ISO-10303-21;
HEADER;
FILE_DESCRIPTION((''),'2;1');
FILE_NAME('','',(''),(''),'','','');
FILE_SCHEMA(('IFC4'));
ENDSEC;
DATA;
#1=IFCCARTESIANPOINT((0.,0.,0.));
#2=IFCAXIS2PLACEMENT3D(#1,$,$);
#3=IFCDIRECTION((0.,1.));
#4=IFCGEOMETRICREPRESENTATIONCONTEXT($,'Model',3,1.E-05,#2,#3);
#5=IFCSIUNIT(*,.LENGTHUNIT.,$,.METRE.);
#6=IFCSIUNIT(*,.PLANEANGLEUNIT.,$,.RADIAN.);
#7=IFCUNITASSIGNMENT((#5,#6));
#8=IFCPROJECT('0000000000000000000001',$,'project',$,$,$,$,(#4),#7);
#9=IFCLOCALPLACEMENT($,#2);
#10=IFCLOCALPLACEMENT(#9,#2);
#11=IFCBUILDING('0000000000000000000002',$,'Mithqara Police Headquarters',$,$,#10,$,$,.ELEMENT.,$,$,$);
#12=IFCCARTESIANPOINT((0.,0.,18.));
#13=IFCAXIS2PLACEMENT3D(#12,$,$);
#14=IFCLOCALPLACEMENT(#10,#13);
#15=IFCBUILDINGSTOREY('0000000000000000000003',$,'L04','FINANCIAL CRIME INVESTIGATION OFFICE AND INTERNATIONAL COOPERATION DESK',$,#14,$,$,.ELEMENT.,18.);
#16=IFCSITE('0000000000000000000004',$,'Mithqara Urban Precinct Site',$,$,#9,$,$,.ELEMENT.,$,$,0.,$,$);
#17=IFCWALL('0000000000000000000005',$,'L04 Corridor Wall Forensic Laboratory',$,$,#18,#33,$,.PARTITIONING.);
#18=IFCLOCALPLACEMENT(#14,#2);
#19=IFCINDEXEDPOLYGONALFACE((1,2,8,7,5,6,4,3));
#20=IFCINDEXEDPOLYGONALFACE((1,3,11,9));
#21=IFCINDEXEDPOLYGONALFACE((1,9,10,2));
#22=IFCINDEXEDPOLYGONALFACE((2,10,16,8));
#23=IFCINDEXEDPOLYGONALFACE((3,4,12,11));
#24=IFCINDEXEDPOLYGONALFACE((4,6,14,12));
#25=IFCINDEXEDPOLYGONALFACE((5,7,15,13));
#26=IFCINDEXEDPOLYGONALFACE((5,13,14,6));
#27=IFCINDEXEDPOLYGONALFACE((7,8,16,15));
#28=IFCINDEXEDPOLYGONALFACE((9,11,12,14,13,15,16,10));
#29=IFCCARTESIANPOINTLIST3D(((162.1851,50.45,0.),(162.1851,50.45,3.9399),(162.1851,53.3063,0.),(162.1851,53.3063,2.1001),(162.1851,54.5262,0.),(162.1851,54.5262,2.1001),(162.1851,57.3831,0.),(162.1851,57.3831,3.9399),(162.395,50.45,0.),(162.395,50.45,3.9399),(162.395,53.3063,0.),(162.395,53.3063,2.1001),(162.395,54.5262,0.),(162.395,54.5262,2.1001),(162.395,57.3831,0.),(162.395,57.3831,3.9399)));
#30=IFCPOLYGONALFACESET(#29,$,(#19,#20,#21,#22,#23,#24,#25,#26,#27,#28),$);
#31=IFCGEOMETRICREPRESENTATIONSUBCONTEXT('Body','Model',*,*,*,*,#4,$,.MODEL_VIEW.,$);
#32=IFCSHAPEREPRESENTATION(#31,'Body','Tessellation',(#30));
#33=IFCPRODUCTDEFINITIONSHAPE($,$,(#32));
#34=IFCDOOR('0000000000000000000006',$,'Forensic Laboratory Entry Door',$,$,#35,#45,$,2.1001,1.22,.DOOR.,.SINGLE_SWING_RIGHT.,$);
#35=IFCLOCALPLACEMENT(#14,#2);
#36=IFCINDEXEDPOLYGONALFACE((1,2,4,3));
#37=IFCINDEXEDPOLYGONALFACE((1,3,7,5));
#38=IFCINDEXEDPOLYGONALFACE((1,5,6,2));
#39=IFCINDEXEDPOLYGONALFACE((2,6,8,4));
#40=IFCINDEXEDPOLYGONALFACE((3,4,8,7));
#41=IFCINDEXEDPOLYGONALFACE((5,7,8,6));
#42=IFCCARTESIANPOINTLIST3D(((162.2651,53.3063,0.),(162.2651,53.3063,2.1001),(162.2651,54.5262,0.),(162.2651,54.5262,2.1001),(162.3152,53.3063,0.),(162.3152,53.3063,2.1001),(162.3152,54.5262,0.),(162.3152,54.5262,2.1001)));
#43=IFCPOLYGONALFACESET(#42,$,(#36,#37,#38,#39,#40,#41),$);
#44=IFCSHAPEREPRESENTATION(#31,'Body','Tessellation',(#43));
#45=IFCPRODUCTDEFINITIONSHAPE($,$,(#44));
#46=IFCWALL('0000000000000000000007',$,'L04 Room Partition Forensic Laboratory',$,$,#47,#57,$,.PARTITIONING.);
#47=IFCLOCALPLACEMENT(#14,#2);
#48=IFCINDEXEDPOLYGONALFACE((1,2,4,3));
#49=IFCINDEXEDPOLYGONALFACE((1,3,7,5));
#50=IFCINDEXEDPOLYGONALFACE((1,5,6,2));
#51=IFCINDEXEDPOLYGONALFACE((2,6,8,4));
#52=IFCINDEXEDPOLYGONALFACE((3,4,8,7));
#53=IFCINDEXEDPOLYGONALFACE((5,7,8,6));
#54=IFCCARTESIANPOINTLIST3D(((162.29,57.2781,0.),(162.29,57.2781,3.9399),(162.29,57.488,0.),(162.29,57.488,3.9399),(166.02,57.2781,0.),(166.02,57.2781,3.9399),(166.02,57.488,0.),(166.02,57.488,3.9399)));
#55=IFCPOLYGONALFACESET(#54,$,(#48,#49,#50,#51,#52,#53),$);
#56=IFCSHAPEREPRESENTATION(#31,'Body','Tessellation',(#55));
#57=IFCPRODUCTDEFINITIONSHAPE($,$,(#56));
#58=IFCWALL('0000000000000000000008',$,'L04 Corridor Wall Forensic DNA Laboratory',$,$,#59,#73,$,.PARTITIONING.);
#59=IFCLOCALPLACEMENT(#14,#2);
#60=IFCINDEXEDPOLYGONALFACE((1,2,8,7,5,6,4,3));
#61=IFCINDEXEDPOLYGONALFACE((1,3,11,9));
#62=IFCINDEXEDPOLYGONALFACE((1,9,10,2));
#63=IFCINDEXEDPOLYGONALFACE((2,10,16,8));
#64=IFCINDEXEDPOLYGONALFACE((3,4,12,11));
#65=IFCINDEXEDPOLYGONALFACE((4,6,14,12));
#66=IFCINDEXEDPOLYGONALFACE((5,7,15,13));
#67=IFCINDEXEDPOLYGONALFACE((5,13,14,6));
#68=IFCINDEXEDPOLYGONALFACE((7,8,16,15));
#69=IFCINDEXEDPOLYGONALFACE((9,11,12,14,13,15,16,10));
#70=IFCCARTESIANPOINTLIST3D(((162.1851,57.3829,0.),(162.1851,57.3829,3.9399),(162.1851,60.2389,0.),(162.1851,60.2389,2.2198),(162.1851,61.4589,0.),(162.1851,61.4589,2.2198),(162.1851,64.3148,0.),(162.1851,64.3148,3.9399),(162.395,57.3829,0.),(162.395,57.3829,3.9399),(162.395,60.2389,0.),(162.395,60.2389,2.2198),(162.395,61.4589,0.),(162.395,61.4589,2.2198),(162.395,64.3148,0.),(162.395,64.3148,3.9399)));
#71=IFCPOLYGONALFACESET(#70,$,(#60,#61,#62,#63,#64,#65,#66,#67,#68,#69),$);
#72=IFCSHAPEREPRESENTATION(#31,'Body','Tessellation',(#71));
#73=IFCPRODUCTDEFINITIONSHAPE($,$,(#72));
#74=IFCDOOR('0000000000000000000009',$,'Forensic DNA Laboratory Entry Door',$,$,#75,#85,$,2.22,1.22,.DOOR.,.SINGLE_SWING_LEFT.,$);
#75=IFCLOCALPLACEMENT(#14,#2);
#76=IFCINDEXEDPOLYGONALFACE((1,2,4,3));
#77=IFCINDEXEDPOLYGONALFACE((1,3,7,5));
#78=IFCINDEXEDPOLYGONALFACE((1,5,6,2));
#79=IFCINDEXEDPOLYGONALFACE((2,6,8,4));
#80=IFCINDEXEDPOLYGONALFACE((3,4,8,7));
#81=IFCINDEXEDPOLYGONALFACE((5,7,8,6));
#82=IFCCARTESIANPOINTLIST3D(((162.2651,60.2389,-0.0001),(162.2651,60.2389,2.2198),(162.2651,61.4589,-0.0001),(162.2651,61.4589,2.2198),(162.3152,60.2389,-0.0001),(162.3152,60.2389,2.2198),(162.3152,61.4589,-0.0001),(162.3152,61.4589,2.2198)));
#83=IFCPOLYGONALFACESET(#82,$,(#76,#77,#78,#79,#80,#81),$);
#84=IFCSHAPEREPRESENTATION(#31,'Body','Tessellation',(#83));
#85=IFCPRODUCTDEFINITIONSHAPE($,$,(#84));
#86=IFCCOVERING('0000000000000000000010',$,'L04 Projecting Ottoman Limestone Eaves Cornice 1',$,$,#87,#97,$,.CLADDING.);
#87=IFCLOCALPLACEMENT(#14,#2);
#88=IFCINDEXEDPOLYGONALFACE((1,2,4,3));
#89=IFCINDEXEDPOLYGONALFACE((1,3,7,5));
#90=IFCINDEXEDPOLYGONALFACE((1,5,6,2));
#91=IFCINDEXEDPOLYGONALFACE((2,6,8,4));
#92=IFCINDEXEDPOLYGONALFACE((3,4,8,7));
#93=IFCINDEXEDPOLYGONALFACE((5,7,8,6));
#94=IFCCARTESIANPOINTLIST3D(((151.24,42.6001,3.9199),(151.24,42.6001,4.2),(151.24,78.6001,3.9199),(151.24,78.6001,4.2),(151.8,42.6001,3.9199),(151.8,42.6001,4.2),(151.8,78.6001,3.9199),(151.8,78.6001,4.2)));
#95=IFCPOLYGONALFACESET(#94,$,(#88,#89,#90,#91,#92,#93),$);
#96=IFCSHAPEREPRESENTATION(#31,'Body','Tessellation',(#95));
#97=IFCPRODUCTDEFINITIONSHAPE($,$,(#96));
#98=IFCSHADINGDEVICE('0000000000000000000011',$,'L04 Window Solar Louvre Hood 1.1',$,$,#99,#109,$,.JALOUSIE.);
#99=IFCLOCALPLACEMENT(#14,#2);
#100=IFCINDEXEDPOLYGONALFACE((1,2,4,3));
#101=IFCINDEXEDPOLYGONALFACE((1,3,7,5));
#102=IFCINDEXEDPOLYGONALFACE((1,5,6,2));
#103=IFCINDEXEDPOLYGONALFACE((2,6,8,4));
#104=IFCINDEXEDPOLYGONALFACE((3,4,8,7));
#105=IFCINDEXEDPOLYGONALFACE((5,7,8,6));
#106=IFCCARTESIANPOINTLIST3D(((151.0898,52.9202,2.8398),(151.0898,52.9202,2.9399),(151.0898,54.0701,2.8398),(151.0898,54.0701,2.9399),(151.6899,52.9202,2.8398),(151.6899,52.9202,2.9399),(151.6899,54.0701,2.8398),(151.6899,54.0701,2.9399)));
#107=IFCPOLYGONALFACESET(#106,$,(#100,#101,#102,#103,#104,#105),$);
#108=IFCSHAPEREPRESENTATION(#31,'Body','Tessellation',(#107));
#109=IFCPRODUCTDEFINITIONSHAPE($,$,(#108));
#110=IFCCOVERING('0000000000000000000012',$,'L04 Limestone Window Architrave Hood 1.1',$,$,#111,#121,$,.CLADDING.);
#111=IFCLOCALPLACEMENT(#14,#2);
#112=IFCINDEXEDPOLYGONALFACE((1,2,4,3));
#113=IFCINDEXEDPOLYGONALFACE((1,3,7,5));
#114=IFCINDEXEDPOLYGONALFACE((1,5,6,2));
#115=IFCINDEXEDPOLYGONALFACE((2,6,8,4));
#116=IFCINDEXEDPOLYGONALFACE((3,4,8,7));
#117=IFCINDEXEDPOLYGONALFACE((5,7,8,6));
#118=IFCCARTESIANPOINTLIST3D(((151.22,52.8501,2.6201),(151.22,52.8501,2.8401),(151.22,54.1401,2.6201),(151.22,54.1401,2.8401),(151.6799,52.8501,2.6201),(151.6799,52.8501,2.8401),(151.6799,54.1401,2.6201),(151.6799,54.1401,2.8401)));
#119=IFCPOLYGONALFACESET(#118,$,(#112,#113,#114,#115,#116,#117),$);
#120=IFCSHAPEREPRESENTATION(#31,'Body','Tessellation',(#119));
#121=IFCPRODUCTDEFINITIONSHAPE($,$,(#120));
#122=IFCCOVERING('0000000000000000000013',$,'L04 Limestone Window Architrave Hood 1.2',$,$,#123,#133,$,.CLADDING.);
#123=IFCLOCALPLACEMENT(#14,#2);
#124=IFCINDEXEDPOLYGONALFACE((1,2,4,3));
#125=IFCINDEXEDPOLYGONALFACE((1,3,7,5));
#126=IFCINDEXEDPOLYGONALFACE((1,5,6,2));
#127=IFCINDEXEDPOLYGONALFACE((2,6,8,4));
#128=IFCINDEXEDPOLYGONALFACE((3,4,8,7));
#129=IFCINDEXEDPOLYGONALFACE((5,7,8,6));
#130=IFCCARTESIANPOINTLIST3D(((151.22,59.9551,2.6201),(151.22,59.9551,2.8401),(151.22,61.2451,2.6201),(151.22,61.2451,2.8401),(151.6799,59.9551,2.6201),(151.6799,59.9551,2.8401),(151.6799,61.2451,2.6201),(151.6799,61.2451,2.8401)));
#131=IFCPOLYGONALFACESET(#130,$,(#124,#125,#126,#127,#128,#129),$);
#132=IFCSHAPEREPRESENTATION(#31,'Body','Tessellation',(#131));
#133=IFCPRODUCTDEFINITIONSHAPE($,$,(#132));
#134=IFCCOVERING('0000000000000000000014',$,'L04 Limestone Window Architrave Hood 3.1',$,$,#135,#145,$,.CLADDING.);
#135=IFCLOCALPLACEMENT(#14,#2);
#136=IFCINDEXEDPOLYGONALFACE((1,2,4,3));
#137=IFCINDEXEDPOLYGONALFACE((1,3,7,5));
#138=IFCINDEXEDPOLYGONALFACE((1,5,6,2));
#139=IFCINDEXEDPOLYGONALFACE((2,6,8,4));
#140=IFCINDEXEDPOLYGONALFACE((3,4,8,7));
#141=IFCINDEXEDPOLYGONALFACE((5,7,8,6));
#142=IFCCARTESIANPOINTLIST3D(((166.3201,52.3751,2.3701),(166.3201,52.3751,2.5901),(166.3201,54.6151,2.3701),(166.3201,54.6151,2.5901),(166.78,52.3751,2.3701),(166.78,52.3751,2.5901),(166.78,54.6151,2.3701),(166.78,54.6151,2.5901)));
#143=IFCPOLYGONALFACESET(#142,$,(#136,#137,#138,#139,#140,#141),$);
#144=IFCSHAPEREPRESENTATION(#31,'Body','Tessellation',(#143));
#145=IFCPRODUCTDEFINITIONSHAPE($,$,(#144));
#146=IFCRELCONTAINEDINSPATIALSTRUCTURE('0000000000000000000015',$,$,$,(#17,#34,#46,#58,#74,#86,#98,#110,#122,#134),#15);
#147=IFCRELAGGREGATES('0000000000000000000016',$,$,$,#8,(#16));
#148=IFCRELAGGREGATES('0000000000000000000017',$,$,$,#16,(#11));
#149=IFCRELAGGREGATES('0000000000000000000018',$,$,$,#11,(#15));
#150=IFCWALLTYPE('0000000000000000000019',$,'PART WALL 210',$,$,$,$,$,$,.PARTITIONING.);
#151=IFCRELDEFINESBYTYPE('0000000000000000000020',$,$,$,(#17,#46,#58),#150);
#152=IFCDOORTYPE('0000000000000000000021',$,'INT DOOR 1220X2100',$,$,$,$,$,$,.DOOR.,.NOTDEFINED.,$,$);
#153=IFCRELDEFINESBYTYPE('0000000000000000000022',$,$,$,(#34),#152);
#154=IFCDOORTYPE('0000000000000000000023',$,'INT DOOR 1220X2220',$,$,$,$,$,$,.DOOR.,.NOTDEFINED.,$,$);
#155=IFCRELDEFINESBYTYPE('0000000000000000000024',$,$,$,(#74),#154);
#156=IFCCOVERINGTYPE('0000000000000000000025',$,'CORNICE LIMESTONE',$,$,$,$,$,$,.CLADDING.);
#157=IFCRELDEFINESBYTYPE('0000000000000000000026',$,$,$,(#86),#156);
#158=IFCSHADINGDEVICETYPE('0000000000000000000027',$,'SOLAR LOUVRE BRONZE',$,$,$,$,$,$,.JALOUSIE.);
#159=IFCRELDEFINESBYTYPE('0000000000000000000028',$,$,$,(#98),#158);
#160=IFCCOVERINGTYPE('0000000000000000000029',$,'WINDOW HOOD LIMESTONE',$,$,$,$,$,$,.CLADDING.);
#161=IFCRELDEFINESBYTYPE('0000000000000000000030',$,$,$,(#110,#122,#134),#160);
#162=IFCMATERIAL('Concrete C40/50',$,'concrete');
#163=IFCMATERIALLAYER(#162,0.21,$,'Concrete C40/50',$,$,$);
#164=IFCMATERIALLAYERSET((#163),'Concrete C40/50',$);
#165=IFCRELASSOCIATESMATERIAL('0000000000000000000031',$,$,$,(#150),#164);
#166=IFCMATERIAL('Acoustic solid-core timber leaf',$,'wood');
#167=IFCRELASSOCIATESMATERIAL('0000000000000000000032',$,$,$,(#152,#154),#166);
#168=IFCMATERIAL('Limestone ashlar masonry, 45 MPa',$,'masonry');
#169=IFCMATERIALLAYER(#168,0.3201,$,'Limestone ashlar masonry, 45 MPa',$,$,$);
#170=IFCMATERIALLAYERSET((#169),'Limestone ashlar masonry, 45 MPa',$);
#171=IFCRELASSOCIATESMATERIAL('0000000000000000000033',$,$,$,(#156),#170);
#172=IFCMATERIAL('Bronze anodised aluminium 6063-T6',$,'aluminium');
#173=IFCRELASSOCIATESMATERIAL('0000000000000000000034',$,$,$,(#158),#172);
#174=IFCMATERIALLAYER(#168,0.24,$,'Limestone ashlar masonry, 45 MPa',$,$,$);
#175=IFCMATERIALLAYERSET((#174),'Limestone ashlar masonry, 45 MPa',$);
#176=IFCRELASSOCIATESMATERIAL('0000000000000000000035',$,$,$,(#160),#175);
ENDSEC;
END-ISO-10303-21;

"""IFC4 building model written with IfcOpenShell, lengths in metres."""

from ifc_helpers import new_model, si_unit, direction, frame, frame_2d, origin, origin_2d, place, context, subcontext, project, spatial, rectangle, extrude, material, layer, layer_set, type_object, element, fill, save


model = new_model("IFC4")

# Units and contexts
model_context = context("Model", 3, precision=1e-05, world=origin(), true_north=direction((0.0, 1.0)))
body_context = subcontext(model_context, "Body", "Model", "MODEL_VIEW")
ifc_project = project(units=[si_unit("LENGTHUNIT", "METRE"), si_unit("PLANEANGLEUNIT", "RADIAN")], contexts=[model_context])

# Site, building, storey
site_placement = place(None, origin())
site = spatial("IfcSite", under=ifc_project, at=site_placement, Name="Mithqara Urban Precinct Site", CompositionType="ELEMENT", RefElevation=0.0)
building_placement = place(site_placement, origin())
building = spatial("IfcBuilding", under=site, at=building_placement, Name="Mithqara Police Headquarters", CompositionType="ELEMENT")
storey_placement = place(building_placement, frame((0.0, 0.0, 18.0)))
storey = spatial("IfcBuildingStorey", under=building, at=storey_placement, Name="L04", Description="FINANCIAL CRIME INVESTIGATION OFFICE AND INTERNATIONAL COOPERATION DESK", CompositionType="ELEMENT", Elevation=18.0)

# Shared definitions
ifc_material_1 = material(Name="Concrete C40/50", Category="concrete")

# Shared definitions
ifc_layer_1 = layer(ifc_material_1, 0.21, Name="Concrete C40/50")
ifc_layer_set_1 = layer_set([ifc_layer_1], Name="Concrete C40/50")
wall_type = type_object("IfcWallType", Name="PART WALL 210", PredefinedType="PARTITIONING", material=ifc_layer_set_1)

# Wall, opening, door
ifc_material_2 = material(Name="Acoustic solid-core timber leaf", Category="wood")
wall_1_placement = place(storey_placement, frame((162.29, 50.45, 0.0), z_axis=(0.0, 0.0, 1.0), x_axis=(0.0, 1.0, 0.0)))
wall_1 = element("IfcWall", 1, at=wall_1_placement, inside=storey, type_object=wall_type, Name="L04 Corridor Wall Forensic Laboratory", PredefinedType="PARTITIONING", context=body_context, shape_type="SweptSolid", body=[
    extrude(rectangle(XDim=6.9331, YDim=0.21, at=frame_2d((3.4666, 0.0))), origin(), (0.0, 0.0, 1.0), 3.9399),
])
opening_1_placement = place(wall_1_placement, frame((2.8564, 0.0, 0.0)))
opening_1 = element("IfcOpeningElement", 2, at=opening_1_placement, cuts=wall_1, PredefinedType="OPENING", context=body_context, shape_type="SweptSolid", body=[
    extrude(rectangle(XDim=1.22, YDim=2.1001, at=frame_2d((0.6099, 1.05))), frame((0.0, 0.115, 0.0), z_axis=(0.0, -1.0, 0.0), x_axis=(1.0, 0.0, 0.0)), (0.0, 0.0, 1.0), 0.23),
])
door_type_1 = type_object("IfcDoorType", Name="INT DOOR 1220X2100", OperationType="NOTDEFINED", PredefinedType="DOOR", material=ifc_material_2)
door_1_placement = place(opening_1_placement, origin())
door_1 = element("IfcDoor", 3, at=door_1_placement, inside=storey, type_object=door_type_1, Name="Forensic Laboratory Entry Door", OperationType="SINGLE_SWING_RIGHT", OverallHeight=2.1001, OverallWidth=1.22, PredefinedType="DOOR", context=body_context, shape_type="SweptSolid", body=[
    extrude(rectangle(XDim=1.22, YDim=2.1001, at=frame_2d((0.6099, 1.05))), frame((0.0, 0.0249, 0.0), z_axis=(0.0, -1.0, 0.0), x_axis=(1.0, 0.0, 0.0)), (0.0, 0.0, 1.0), 0.05),
])
fill(opening_1, door_1)

# Wall
wall_2_placement = place(storey_placement, frame((162.29, 57.3831, 0.0), z_axis=(0.0, 0.0, 1.0), x_axis=(1.0, 0.0, 0.0)))
element("IfcWall", 4, at=wall_2_placement, inside=storey, type_object=wall_type, Name="L04 Room Partition Forensic Laboratory", PredefinedType="PARTITIONING", context=body_context, shape_type="SweptSolid", body=[
    extrude(rectangle(XDim=3.73, YDim=0.21, at=frame_2d((1.865, 0.0))), origin(), (0.0, 0.0, 1.0), 3.9399),
])

# Wall, opening, door
wall_3_placement = place(storey_placement, frame((162.29, 57.3831, 0.0), z_axis=(0.0, 0.0, 1.0), x_axis=(0.0, 1.0, 0.0)))
wall_3 = element("IfcWall", 5, at=wall_3_placement, inside=storey, type_object=wall_type, Name="L04 Corridor Wall Forensic DNA Laboratory", PredefinedType="PARTITIONING", context=body_context, shape_type="SweptSolid", body=[
    extrude(rectangle(XDim=6.9319, YDim=0.21, at=frame_2d((3.4658, 0.0))), origin(), (0.0, 0.0, 1.0), 3.9399),
])
opening_2_placement = place(wall_3_placement, frame((2.856, 0.0, 0.0)))
opening_2 = element("IfcOpeningElement", 6, at=opening_2_placement, cuts=wall_3, PredefinedType="OPENING", context=body_context, shape_type="SweptSolid", body=[
    extrude(rectangle(XDim=1.22, YDim=2.22, at=frame_2d((0.6099, 1.1099))), frame((0.0, 0.115, 0.0), z_axis=(0.0, -1.0, 0.0), x_axis=(1.0, 0.0, 0.0)), (0.0, 0.0, 1.0), 0.23),
])
door_type_2 = type_object("IfcDoorType", Name="INT DOOR 1220X2220", OperationType="NOTDEFINED", PredefinedType="DOOR", material=ifc_material_2)
door_2_placement = place(opening_2_placement, origin())
door_2 = element("IfcDoor", 7, at=door_2_placement, inside=storey, type_object=door_type_2, Name="Forensic DNA Laboratory Entry Door", OperationType="SINGLE_SWING_LEFT", OverallHeight=2.22, OverallWidth=1.22, PredefinedType="DOOR", context=body_context, shape_type="SweptSolid", body=[
    extrude(rectangle(XDim=1.22, YDim=2.22, at=frame_2d((0.6099, 1.1099))), frame((0.0, 0.0249, 0.0), z_axis=(0.0, -1.0, 0.0), x_axis=(1.0, 0.0, 0.0)), (0.0, 0.0, 1.0), 0.05),
])
fill(opening_2, door_2)

# Covering
ifc_material_3 = material(Name="Limestone ashlar masonry, 45 MPa", Category="masonry")
ifc_layer_2 = layer(ifc_material_3, 0.3201, Name="Limestone ashlar masonry, 45 MPa")
ifc_layer_set_2 = layer_set([ifc_layer_2], Name="Limestone ashlar masonry, 45 MPa")
covering_type_1 = type_object("IfcCoveringType", Name="CORNICE LIMESTONE", PredefinedType="CLADDING", material=ifc_layer_set_2)
covering_1_placement = place(storey_placement, frame((151.52, 60.6001, 3.9199), z_axis=(0.0, 0.0, 1.0), x_axis=(0.0, 1.0, 0.0)))
element("IfcCovering", 8, at=covering_1_placement, inside=storey, type_object=covering_type_1, Name="L04 Projecting Ottoman Limestone Eaves Cornice 1", PredefinedType="CLADDING", context=body_context, shape_type="SweptSolid", body=[
    extrude(rectangle(XDim=36.0, YDim=0.5601, at=origin_2d()), origin(), (0.0, 0.0, 1.0), 0.28),
])

# Shading device
ifc_material_4 = material(Name="Bronze anodised aluminium 6063-T6", Category="aluminium")
shading_device_type = type_object("IfcShadingDeviceType", Name="SOLAR LOUVRE BRONZE", PredefinedType="JALOUSIE", material=ifc_material_4)
shading_device_placement = place(storey_placement, frame((151.3899, 53.4951, 2.8398), z_axis=(0.0, 0.0, 1.0), x_axis=(0.0, 1.0, 0.0)))
element("IfcShadingDevice", 9, at=shading_device_placement, inside=storey, type_object=shading_device_type, Name="L04 Window Solar Louvre Hood 1.1", PredefinedType="JALOUSIE", context=body_context, shape_type="SweptSolid", body=[
    extrude(rectangle(XDim=1.1499, YDim=0.6001, at=origin_2d()), origin(), (0.0, 0.0, 1.0), 0.1001),
])

# Coverings
ifc_layer_3 = layer(ifc_material_3, 0.24, Name="Limestone ashlar masonry, 45 MPa")
ifc_layer_set_3 = layer_set([ifc_layer_3], Name="Limestone ashlar masonry, 45 MPa")
covering_type_2 = type_object("IfcCoveringType", Name="WINDOW HOOD LIMESTONE", PredefinedType="CLADDING", material=ifc_layer_set_3)
for number, where, z_axis, x_axis, name in (
    (10, (151.45, 53.4951, 2.6201), (0.0, 0.0, 1.0), (0.0, 1.0, 0.0), "L04 Limestone Window Architrave Hood 1.1"),
    (11, (151.45, 60.6001, 2.6201), (0.0, 0.0, 1.0), (0.0, 1.0, 0.0), "L04 Limestone Window Architrave Hood 1.2"),
):
    element("IfcCovering", number, at=place(storey_placement, frame(where, z_axis=z_axis, x_axis=x_axis)), inside=storey, type_object=covering_type_2, Name=name, PredefinedType="CLADDING", context=body_context, shape_type="SweptSolid", body=[
        extrude(rectangle(XDim=1.29, YDim=0.46, at=origin_2d()), origin(), (0.0, 0.0, 1.0), 0.22),
    ])
covering_2_placement = place(storey_placement, frame((166.55, 53.4951, 2.3701), z_axis=(0.0, 0.0, 1.0), x_axis=(0.0, 1.0, 0.0)))
element("IfcCovering", 12, at=covering_2_placement, inside=storey, type_object=covering_type_2, Name="L04 Limestone Window Architrave Hood 3.1", PredefinedType="CLADDING", context=body_context, shape_type="SweptSolid", body=[
    extrude(rectangle(XDim=2.24, YDim=0.46, at=origin_2d()), origin(), (0.0, 0.0, 1.0), 0.22),
])

save(model, "model.ifc")
